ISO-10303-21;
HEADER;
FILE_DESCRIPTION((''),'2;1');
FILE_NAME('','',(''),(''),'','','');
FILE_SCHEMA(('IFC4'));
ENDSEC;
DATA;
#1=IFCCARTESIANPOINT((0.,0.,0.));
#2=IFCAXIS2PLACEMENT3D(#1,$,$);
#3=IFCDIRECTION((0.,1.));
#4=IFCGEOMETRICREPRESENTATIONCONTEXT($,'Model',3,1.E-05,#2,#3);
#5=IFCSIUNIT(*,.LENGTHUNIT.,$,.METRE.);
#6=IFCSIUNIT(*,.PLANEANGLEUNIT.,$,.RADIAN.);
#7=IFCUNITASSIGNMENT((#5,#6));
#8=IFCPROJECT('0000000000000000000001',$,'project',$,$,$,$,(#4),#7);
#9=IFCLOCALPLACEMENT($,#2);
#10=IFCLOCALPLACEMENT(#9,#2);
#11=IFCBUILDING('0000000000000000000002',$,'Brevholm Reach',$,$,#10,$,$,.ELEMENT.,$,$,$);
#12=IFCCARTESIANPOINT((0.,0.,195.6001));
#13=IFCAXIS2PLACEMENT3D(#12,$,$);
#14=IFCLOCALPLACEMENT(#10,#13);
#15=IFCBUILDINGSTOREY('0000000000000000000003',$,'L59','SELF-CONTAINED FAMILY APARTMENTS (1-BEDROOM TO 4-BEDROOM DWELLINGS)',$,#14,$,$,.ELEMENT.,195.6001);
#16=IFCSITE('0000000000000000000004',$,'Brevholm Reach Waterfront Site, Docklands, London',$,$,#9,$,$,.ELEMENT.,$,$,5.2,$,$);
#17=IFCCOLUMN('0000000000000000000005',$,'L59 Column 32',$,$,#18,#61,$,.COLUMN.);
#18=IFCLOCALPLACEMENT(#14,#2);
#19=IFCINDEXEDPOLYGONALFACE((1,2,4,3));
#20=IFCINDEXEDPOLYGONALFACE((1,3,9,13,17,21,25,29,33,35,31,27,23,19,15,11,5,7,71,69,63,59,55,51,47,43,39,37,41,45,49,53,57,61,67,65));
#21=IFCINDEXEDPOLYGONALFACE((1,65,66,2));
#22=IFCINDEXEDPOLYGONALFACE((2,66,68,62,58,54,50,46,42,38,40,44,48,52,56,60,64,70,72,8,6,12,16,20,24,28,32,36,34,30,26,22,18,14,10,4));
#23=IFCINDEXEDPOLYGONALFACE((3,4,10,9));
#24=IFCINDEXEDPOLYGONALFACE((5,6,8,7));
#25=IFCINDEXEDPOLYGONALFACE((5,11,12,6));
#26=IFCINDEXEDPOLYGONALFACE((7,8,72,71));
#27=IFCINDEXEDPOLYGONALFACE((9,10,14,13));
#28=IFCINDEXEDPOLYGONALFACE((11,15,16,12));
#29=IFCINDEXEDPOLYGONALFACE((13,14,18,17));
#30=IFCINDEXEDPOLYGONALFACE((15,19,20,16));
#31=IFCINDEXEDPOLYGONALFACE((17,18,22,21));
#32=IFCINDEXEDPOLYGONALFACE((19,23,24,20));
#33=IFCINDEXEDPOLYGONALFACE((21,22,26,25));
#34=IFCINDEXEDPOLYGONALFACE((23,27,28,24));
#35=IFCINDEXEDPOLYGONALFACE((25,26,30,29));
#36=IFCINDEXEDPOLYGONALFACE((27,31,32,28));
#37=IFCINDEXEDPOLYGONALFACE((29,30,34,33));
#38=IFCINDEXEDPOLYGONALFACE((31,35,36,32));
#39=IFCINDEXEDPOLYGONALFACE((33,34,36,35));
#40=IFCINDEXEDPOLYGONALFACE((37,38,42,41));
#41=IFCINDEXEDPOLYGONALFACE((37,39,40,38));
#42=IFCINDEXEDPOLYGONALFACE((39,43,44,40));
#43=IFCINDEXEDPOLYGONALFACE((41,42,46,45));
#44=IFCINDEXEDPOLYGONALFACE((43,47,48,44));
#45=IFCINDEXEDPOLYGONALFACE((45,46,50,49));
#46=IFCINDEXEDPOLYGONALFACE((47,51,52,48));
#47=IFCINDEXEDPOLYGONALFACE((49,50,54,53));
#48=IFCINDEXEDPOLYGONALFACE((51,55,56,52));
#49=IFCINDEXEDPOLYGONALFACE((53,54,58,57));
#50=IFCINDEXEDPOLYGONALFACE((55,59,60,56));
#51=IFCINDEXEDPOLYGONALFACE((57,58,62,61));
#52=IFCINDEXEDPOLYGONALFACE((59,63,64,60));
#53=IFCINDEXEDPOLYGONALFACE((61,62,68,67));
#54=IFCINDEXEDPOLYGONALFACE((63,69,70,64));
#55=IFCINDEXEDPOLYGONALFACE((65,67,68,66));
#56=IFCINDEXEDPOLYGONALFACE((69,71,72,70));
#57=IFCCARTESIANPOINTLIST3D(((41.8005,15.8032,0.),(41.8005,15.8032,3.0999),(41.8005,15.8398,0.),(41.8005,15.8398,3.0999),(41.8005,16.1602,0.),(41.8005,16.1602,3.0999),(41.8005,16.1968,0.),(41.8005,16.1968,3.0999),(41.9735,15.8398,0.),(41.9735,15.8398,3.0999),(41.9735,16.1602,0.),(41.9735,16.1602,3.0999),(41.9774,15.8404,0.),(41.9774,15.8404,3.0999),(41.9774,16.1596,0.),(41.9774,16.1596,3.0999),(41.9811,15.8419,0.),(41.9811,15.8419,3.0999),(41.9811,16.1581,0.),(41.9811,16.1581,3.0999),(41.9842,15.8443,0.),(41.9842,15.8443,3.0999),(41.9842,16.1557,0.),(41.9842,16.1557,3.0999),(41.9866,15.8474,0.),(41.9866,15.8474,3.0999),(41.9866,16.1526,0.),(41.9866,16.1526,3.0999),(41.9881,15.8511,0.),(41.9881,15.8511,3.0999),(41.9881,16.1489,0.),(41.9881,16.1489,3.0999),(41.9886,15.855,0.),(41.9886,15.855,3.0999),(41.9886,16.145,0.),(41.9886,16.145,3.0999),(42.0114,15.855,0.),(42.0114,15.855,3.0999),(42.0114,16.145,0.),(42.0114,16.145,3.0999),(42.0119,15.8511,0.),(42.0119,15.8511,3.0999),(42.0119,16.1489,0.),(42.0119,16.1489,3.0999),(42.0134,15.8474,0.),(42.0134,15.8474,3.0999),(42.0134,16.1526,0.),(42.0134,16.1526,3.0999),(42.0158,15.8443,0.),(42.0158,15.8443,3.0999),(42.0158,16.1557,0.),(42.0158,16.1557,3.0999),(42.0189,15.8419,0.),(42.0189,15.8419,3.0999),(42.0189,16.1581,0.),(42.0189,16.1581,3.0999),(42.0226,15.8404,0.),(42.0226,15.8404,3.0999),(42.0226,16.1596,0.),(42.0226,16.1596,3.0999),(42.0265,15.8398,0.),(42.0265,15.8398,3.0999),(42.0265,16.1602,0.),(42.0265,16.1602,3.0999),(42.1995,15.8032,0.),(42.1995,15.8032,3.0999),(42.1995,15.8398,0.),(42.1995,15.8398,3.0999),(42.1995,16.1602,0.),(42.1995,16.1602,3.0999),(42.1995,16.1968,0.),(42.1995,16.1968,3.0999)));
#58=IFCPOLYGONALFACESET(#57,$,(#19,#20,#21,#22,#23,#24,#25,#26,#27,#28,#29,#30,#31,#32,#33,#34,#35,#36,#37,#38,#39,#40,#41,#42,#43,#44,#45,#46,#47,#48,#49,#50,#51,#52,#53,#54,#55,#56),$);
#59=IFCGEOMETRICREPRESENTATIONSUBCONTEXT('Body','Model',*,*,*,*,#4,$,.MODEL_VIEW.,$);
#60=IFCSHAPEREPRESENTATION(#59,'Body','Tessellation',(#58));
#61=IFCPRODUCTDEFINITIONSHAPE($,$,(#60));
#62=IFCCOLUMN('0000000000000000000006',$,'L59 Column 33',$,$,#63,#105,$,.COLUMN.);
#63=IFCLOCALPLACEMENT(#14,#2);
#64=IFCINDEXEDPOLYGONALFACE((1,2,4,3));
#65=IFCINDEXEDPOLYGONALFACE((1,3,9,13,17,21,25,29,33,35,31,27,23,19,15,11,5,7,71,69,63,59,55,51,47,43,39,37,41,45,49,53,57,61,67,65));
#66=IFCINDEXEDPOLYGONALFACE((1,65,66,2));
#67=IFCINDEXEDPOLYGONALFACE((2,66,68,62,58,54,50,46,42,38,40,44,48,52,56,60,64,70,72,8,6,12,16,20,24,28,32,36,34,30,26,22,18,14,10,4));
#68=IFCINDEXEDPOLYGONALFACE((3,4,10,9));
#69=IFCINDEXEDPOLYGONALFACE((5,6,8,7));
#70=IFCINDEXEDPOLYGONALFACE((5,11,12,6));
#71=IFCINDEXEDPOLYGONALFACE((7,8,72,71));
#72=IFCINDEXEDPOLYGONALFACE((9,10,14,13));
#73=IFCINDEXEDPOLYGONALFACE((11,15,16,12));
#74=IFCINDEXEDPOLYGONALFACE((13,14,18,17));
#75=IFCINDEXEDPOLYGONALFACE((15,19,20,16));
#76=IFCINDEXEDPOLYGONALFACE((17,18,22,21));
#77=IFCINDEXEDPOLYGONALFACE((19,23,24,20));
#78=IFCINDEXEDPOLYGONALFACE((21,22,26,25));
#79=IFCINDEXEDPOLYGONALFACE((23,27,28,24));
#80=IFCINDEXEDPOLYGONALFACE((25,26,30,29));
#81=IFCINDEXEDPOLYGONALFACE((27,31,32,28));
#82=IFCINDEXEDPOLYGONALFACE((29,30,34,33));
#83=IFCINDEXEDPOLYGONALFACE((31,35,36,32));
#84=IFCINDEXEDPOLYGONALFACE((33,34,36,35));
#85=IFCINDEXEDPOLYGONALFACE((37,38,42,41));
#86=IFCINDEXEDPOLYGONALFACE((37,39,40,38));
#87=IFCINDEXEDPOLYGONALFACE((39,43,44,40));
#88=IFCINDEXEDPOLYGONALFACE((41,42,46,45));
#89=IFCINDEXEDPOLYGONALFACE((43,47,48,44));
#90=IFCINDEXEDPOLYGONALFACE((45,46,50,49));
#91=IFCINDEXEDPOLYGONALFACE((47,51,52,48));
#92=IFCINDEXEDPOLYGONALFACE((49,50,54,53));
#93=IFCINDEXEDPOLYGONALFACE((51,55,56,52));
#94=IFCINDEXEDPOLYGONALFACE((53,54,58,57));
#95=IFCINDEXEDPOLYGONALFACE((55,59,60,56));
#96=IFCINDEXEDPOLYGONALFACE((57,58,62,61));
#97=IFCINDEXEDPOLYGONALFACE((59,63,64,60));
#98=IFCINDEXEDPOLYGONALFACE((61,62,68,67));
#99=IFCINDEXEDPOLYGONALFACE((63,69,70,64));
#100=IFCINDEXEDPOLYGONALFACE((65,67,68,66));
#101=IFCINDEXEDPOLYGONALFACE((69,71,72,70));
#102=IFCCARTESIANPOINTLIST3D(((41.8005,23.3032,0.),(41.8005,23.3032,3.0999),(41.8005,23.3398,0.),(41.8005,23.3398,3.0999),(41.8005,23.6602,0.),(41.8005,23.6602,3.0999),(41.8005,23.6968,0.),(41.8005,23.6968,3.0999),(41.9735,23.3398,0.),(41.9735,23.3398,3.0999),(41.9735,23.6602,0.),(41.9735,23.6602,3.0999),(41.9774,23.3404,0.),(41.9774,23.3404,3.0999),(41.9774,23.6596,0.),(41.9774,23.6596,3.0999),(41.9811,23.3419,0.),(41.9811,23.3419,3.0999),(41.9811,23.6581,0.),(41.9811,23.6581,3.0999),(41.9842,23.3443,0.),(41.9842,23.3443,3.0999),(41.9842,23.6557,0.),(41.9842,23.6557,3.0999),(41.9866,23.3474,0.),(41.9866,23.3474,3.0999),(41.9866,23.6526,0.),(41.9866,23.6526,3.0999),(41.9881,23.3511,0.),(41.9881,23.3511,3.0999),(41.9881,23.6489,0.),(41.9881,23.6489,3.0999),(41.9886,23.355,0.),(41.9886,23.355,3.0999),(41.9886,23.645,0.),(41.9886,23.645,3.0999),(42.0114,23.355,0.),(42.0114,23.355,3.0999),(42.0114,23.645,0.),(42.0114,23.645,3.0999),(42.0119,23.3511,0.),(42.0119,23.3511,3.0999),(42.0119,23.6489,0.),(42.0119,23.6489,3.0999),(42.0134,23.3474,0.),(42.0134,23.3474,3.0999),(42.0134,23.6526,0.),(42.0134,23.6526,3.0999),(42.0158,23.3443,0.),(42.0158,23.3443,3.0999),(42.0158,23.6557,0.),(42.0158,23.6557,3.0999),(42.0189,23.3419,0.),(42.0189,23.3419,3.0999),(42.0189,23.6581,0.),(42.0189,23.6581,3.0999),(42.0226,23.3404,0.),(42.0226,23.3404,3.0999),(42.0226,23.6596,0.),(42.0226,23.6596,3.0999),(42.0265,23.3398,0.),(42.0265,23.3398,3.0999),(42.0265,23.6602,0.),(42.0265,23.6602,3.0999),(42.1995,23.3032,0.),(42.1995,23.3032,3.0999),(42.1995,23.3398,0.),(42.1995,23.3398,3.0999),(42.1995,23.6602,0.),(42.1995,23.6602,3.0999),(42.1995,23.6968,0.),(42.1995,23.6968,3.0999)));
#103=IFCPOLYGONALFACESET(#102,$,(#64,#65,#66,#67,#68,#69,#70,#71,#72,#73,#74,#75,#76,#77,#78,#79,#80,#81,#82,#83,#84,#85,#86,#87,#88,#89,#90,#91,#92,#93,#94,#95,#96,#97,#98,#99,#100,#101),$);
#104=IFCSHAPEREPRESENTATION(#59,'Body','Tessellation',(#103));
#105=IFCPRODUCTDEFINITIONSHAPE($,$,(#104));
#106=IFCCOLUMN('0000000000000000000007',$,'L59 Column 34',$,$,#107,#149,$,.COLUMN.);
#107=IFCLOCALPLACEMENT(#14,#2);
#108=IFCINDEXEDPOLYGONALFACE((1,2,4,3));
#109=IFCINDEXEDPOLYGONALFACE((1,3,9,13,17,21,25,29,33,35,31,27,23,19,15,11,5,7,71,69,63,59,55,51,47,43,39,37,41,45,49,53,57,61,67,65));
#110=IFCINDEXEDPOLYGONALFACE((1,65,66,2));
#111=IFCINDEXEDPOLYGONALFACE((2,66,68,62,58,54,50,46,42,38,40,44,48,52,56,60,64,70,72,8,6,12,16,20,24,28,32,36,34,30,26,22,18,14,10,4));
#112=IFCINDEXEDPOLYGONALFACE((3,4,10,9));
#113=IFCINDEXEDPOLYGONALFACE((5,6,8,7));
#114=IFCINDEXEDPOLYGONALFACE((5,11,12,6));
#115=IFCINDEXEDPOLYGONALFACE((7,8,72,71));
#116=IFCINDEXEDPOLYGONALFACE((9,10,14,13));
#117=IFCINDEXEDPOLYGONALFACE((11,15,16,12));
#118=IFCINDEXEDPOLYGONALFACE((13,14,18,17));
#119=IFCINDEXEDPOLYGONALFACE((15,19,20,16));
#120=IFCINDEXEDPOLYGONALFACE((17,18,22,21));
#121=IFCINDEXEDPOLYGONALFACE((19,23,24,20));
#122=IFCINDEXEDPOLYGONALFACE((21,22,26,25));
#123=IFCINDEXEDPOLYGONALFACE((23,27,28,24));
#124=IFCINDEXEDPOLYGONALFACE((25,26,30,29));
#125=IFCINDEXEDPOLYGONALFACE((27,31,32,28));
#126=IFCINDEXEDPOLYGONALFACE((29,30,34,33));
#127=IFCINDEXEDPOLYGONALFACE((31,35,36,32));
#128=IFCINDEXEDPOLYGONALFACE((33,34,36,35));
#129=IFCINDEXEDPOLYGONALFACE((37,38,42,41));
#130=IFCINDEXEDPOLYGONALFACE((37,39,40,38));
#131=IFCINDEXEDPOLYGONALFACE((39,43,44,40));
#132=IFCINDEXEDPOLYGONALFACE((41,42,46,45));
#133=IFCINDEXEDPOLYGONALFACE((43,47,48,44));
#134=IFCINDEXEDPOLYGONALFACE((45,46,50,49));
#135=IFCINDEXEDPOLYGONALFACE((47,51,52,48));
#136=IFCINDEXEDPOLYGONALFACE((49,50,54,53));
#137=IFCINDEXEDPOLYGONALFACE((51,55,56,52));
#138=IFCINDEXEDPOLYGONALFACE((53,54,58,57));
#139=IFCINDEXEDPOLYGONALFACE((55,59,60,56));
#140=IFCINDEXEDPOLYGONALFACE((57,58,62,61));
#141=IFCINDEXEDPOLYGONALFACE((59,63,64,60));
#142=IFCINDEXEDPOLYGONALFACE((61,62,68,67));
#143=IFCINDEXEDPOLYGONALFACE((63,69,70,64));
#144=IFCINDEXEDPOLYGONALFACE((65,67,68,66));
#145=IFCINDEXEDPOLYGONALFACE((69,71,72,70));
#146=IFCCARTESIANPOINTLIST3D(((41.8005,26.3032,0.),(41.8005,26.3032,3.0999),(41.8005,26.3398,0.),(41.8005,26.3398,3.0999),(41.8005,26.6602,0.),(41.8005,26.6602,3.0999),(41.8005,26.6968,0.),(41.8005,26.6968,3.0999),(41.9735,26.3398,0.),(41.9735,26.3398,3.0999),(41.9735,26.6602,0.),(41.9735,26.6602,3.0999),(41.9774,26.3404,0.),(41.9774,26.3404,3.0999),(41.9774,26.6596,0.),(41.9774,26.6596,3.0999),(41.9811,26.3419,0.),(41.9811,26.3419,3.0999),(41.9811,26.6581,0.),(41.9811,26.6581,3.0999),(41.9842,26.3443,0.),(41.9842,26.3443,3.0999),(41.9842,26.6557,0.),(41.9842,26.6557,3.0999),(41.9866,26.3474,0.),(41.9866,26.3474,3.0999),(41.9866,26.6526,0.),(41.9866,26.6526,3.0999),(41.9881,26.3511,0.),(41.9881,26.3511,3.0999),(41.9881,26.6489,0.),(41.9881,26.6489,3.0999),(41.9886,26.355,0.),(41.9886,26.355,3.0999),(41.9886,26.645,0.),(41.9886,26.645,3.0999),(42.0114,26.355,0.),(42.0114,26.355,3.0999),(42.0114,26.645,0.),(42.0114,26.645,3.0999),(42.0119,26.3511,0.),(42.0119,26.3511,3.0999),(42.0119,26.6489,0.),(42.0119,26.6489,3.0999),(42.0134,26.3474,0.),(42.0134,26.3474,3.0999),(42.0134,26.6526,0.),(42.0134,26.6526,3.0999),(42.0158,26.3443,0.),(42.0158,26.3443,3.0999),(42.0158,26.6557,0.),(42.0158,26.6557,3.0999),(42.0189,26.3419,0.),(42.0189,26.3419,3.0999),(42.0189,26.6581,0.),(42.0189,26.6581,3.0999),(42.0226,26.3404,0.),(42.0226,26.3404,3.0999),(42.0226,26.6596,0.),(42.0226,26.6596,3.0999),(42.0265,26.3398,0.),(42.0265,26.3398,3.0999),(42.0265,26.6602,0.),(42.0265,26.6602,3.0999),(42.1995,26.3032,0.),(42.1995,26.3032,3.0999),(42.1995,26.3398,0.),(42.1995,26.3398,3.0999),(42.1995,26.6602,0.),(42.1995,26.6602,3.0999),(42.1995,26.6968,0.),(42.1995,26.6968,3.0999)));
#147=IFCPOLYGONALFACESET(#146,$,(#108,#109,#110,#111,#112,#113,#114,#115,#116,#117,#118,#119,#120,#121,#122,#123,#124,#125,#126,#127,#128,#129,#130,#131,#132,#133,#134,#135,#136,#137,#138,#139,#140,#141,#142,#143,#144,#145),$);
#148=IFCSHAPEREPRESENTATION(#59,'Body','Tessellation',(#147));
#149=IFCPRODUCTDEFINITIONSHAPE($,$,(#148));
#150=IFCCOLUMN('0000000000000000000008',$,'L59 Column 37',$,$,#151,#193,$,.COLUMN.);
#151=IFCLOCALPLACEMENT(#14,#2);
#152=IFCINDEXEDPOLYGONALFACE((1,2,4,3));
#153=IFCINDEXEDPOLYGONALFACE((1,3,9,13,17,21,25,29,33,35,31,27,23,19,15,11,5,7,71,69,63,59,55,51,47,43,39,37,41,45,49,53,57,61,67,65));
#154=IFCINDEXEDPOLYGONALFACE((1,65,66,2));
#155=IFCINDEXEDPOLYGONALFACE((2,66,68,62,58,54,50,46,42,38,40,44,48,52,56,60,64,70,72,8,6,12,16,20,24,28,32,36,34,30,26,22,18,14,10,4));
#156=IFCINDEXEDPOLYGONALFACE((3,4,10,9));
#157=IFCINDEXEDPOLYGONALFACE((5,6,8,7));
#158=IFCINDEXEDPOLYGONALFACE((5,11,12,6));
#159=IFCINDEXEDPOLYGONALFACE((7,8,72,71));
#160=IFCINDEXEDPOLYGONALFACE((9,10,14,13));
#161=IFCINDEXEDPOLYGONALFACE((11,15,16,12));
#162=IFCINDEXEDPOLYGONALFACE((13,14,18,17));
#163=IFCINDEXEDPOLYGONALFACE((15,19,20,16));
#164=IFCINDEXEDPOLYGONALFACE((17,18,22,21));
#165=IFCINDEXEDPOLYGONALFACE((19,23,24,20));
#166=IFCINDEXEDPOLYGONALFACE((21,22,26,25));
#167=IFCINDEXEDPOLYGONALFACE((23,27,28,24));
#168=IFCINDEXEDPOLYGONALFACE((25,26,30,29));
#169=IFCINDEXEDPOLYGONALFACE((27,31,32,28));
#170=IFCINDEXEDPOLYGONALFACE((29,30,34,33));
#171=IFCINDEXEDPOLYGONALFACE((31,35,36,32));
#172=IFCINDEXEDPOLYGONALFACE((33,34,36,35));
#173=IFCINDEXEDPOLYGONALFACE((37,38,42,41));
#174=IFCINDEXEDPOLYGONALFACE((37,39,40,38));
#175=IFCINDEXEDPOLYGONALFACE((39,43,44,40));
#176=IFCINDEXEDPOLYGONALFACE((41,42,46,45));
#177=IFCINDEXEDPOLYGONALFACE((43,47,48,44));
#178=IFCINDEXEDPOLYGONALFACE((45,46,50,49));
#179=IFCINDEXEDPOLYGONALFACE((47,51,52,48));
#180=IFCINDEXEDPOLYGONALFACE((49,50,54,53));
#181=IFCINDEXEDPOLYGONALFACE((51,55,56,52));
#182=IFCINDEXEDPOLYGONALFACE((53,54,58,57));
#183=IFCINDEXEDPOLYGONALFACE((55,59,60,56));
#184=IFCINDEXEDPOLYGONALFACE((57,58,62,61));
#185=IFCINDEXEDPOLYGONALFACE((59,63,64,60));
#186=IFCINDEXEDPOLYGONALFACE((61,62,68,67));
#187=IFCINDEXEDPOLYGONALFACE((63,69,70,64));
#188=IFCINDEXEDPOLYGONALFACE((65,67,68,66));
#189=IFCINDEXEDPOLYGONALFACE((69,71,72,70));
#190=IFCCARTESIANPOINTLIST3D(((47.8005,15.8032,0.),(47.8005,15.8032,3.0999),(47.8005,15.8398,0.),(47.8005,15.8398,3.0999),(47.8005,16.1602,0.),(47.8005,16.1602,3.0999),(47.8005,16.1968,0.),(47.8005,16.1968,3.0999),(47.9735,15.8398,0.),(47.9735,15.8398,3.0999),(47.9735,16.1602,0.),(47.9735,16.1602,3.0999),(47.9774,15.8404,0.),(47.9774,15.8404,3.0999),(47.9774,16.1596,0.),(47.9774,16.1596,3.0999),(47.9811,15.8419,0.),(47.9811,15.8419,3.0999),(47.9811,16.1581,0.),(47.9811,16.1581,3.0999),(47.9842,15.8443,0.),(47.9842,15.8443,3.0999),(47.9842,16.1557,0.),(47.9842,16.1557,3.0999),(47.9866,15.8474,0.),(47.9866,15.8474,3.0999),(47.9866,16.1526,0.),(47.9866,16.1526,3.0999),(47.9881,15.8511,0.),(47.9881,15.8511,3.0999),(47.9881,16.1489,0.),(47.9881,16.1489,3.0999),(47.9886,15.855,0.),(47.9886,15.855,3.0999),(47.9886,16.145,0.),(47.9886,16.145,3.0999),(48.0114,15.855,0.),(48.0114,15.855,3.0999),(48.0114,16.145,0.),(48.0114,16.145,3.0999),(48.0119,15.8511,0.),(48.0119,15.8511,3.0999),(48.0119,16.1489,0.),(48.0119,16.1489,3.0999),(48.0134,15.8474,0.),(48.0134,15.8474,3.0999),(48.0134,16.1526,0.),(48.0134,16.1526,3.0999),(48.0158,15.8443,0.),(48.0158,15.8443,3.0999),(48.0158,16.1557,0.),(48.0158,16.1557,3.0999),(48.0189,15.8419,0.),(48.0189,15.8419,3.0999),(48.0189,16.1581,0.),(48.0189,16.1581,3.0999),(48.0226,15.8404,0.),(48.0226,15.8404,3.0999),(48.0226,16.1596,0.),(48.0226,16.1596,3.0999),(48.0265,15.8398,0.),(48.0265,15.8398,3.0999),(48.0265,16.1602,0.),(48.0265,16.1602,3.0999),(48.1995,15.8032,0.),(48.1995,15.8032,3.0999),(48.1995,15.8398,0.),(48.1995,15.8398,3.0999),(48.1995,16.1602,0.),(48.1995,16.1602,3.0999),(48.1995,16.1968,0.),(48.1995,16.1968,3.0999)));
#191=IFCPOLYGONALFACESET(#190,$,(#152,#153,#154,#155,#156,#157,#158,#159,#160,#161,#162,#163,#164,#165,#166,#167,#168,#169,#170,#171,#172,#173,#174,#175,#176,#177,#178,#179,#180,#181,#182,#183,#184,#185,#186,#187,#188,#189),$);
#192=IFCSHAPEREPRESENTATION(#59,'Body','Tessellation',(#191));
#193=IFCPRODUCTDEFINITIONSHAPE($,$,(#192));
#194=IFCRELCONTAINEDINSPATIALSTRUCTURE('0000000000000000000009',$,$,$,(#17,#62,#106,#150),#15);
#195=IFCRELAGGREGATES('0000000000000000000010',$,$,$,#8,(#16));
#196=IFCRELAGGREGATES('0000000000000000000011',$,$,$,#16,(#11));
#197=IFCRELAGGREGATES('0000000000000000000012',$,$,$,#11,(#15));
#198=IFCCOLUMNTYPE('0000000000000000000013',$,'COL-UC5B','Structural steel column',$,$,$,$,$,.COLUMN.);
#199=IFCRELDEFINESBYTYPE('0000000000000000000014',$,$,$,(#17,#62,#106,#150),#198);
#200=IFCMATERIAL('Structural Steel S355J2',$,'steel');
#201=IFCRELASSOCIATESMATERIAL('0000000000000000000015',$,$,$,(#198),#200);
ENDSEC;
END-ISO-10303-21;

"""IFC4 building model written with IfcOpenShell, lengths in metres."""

from ifc_helpers import new_model, si_unit, direction, frame, origin, origin_2d, place, context, subcontext, project, spatial, i_section, extrude, material, material_profile, profile_set, type_object, element, save


model = new_model("IFC4")

# Units and contexts
model_context = context("Model", 3, precision=1e-05, world=origin(), true_north=direction((0.0, 1.0)))
body_context = subcontext(model_context, "Body", "Model", "MODEL_VIEW")
ifc_project = project(units=[si_unit("LENGTHUNIT", "METRE"), si_unit("PLANEANGLEUNIT", "RADIAN")], contexts=[model_context])

# Site, building, storey
site_placement = place(None, origin())
site = spatial("IfcSite", under=ifc_project, at=site_placement, Name="Brevholm Reach Waterfront Site, Docklands, London", CompositionType="ELEMENT", RefElevation=5.2)
building_placement = place(site_placement, origin())
building = spatial("IfcBuilding", under=site, at=building_placement, Name="Brevholm Reach", CompositionType="ELEMENT")
storey_placement = place(building_placement, frame((0.0, 0.0, 195.6001)))
storey = spatial("IfcBuildingStorey", under=building, at=storey_placement, Name="L59", Description="SELF-CONTAINED FAMILY APARTMENTS (1-BEDROOM TO 4-BEDROOM DWELLINGS)", CompositionType="ELEMENT", Elevation=195.6001)

# Columns
ifc_material_1 = material(Name="Structural Steel S355J2", Category="steel")
ifc_material_profile_1 = material_profile(ifc_material_1, i_section(OverallWidth=0.3989, OverallDepth=0.3936, WebThickness=0.0227, FlangeThickness=0.0366, FilletRadius=0.0151, at=origin_2d()), Name="UKC 356x406x287")
ifc_profile_set_1 = profile_set([ifc_material_profile_1], Name="Structural Steel S355J2")
column_type = type_object("IfcColumnType", Name="COL-UC5B", Description="Structural steel column", PredefinedType="COLUMN", material=ifc_profile_set_1)
for number, where, z_axis, x_axis, name in (
    (1, (42.0, 16.0, 0.0), (0.0, 0.0, 1.0), (1.0, 0.0, 0.0), "L59 Column 32"),
    (2, (42.0, 23.5, 0.0), (0.0, 0.0, 1.0), (1.0, 0.0, 0.0), "L59 Column 33"),
    (3, (42.0, 26.5, 0.0), (0.0, 0.0, 1.0), (1.0, 0.0, 0.0), "L59 Column 34"),
    (4, (48.0, 16.0, 0.0), (0.0, 0.0, 1.0), (1.0, 0.0, 0.0), "L59 Column 37"),
):
    element("IfcColumn", number, at=place(storey_placement, frame(where, z_axis=z_axis, x_axis=x_axis)), inside=storey, type_object=column_type, Name=name, PredefinedType="COLUMN", context=body_context, shape_type="SweptSolid", body=[
        extrude(i_section(OverallWidth=0.3989, OverallDepth=0.3936, WebThickness=0.0227, FlangeThickness=0.0366, FilletRadius=0.0151, at=origin_2d()), origin(), (0.0, 0.0, 1.0), 3.0999),
    ])

save(model, "model.ifc")
